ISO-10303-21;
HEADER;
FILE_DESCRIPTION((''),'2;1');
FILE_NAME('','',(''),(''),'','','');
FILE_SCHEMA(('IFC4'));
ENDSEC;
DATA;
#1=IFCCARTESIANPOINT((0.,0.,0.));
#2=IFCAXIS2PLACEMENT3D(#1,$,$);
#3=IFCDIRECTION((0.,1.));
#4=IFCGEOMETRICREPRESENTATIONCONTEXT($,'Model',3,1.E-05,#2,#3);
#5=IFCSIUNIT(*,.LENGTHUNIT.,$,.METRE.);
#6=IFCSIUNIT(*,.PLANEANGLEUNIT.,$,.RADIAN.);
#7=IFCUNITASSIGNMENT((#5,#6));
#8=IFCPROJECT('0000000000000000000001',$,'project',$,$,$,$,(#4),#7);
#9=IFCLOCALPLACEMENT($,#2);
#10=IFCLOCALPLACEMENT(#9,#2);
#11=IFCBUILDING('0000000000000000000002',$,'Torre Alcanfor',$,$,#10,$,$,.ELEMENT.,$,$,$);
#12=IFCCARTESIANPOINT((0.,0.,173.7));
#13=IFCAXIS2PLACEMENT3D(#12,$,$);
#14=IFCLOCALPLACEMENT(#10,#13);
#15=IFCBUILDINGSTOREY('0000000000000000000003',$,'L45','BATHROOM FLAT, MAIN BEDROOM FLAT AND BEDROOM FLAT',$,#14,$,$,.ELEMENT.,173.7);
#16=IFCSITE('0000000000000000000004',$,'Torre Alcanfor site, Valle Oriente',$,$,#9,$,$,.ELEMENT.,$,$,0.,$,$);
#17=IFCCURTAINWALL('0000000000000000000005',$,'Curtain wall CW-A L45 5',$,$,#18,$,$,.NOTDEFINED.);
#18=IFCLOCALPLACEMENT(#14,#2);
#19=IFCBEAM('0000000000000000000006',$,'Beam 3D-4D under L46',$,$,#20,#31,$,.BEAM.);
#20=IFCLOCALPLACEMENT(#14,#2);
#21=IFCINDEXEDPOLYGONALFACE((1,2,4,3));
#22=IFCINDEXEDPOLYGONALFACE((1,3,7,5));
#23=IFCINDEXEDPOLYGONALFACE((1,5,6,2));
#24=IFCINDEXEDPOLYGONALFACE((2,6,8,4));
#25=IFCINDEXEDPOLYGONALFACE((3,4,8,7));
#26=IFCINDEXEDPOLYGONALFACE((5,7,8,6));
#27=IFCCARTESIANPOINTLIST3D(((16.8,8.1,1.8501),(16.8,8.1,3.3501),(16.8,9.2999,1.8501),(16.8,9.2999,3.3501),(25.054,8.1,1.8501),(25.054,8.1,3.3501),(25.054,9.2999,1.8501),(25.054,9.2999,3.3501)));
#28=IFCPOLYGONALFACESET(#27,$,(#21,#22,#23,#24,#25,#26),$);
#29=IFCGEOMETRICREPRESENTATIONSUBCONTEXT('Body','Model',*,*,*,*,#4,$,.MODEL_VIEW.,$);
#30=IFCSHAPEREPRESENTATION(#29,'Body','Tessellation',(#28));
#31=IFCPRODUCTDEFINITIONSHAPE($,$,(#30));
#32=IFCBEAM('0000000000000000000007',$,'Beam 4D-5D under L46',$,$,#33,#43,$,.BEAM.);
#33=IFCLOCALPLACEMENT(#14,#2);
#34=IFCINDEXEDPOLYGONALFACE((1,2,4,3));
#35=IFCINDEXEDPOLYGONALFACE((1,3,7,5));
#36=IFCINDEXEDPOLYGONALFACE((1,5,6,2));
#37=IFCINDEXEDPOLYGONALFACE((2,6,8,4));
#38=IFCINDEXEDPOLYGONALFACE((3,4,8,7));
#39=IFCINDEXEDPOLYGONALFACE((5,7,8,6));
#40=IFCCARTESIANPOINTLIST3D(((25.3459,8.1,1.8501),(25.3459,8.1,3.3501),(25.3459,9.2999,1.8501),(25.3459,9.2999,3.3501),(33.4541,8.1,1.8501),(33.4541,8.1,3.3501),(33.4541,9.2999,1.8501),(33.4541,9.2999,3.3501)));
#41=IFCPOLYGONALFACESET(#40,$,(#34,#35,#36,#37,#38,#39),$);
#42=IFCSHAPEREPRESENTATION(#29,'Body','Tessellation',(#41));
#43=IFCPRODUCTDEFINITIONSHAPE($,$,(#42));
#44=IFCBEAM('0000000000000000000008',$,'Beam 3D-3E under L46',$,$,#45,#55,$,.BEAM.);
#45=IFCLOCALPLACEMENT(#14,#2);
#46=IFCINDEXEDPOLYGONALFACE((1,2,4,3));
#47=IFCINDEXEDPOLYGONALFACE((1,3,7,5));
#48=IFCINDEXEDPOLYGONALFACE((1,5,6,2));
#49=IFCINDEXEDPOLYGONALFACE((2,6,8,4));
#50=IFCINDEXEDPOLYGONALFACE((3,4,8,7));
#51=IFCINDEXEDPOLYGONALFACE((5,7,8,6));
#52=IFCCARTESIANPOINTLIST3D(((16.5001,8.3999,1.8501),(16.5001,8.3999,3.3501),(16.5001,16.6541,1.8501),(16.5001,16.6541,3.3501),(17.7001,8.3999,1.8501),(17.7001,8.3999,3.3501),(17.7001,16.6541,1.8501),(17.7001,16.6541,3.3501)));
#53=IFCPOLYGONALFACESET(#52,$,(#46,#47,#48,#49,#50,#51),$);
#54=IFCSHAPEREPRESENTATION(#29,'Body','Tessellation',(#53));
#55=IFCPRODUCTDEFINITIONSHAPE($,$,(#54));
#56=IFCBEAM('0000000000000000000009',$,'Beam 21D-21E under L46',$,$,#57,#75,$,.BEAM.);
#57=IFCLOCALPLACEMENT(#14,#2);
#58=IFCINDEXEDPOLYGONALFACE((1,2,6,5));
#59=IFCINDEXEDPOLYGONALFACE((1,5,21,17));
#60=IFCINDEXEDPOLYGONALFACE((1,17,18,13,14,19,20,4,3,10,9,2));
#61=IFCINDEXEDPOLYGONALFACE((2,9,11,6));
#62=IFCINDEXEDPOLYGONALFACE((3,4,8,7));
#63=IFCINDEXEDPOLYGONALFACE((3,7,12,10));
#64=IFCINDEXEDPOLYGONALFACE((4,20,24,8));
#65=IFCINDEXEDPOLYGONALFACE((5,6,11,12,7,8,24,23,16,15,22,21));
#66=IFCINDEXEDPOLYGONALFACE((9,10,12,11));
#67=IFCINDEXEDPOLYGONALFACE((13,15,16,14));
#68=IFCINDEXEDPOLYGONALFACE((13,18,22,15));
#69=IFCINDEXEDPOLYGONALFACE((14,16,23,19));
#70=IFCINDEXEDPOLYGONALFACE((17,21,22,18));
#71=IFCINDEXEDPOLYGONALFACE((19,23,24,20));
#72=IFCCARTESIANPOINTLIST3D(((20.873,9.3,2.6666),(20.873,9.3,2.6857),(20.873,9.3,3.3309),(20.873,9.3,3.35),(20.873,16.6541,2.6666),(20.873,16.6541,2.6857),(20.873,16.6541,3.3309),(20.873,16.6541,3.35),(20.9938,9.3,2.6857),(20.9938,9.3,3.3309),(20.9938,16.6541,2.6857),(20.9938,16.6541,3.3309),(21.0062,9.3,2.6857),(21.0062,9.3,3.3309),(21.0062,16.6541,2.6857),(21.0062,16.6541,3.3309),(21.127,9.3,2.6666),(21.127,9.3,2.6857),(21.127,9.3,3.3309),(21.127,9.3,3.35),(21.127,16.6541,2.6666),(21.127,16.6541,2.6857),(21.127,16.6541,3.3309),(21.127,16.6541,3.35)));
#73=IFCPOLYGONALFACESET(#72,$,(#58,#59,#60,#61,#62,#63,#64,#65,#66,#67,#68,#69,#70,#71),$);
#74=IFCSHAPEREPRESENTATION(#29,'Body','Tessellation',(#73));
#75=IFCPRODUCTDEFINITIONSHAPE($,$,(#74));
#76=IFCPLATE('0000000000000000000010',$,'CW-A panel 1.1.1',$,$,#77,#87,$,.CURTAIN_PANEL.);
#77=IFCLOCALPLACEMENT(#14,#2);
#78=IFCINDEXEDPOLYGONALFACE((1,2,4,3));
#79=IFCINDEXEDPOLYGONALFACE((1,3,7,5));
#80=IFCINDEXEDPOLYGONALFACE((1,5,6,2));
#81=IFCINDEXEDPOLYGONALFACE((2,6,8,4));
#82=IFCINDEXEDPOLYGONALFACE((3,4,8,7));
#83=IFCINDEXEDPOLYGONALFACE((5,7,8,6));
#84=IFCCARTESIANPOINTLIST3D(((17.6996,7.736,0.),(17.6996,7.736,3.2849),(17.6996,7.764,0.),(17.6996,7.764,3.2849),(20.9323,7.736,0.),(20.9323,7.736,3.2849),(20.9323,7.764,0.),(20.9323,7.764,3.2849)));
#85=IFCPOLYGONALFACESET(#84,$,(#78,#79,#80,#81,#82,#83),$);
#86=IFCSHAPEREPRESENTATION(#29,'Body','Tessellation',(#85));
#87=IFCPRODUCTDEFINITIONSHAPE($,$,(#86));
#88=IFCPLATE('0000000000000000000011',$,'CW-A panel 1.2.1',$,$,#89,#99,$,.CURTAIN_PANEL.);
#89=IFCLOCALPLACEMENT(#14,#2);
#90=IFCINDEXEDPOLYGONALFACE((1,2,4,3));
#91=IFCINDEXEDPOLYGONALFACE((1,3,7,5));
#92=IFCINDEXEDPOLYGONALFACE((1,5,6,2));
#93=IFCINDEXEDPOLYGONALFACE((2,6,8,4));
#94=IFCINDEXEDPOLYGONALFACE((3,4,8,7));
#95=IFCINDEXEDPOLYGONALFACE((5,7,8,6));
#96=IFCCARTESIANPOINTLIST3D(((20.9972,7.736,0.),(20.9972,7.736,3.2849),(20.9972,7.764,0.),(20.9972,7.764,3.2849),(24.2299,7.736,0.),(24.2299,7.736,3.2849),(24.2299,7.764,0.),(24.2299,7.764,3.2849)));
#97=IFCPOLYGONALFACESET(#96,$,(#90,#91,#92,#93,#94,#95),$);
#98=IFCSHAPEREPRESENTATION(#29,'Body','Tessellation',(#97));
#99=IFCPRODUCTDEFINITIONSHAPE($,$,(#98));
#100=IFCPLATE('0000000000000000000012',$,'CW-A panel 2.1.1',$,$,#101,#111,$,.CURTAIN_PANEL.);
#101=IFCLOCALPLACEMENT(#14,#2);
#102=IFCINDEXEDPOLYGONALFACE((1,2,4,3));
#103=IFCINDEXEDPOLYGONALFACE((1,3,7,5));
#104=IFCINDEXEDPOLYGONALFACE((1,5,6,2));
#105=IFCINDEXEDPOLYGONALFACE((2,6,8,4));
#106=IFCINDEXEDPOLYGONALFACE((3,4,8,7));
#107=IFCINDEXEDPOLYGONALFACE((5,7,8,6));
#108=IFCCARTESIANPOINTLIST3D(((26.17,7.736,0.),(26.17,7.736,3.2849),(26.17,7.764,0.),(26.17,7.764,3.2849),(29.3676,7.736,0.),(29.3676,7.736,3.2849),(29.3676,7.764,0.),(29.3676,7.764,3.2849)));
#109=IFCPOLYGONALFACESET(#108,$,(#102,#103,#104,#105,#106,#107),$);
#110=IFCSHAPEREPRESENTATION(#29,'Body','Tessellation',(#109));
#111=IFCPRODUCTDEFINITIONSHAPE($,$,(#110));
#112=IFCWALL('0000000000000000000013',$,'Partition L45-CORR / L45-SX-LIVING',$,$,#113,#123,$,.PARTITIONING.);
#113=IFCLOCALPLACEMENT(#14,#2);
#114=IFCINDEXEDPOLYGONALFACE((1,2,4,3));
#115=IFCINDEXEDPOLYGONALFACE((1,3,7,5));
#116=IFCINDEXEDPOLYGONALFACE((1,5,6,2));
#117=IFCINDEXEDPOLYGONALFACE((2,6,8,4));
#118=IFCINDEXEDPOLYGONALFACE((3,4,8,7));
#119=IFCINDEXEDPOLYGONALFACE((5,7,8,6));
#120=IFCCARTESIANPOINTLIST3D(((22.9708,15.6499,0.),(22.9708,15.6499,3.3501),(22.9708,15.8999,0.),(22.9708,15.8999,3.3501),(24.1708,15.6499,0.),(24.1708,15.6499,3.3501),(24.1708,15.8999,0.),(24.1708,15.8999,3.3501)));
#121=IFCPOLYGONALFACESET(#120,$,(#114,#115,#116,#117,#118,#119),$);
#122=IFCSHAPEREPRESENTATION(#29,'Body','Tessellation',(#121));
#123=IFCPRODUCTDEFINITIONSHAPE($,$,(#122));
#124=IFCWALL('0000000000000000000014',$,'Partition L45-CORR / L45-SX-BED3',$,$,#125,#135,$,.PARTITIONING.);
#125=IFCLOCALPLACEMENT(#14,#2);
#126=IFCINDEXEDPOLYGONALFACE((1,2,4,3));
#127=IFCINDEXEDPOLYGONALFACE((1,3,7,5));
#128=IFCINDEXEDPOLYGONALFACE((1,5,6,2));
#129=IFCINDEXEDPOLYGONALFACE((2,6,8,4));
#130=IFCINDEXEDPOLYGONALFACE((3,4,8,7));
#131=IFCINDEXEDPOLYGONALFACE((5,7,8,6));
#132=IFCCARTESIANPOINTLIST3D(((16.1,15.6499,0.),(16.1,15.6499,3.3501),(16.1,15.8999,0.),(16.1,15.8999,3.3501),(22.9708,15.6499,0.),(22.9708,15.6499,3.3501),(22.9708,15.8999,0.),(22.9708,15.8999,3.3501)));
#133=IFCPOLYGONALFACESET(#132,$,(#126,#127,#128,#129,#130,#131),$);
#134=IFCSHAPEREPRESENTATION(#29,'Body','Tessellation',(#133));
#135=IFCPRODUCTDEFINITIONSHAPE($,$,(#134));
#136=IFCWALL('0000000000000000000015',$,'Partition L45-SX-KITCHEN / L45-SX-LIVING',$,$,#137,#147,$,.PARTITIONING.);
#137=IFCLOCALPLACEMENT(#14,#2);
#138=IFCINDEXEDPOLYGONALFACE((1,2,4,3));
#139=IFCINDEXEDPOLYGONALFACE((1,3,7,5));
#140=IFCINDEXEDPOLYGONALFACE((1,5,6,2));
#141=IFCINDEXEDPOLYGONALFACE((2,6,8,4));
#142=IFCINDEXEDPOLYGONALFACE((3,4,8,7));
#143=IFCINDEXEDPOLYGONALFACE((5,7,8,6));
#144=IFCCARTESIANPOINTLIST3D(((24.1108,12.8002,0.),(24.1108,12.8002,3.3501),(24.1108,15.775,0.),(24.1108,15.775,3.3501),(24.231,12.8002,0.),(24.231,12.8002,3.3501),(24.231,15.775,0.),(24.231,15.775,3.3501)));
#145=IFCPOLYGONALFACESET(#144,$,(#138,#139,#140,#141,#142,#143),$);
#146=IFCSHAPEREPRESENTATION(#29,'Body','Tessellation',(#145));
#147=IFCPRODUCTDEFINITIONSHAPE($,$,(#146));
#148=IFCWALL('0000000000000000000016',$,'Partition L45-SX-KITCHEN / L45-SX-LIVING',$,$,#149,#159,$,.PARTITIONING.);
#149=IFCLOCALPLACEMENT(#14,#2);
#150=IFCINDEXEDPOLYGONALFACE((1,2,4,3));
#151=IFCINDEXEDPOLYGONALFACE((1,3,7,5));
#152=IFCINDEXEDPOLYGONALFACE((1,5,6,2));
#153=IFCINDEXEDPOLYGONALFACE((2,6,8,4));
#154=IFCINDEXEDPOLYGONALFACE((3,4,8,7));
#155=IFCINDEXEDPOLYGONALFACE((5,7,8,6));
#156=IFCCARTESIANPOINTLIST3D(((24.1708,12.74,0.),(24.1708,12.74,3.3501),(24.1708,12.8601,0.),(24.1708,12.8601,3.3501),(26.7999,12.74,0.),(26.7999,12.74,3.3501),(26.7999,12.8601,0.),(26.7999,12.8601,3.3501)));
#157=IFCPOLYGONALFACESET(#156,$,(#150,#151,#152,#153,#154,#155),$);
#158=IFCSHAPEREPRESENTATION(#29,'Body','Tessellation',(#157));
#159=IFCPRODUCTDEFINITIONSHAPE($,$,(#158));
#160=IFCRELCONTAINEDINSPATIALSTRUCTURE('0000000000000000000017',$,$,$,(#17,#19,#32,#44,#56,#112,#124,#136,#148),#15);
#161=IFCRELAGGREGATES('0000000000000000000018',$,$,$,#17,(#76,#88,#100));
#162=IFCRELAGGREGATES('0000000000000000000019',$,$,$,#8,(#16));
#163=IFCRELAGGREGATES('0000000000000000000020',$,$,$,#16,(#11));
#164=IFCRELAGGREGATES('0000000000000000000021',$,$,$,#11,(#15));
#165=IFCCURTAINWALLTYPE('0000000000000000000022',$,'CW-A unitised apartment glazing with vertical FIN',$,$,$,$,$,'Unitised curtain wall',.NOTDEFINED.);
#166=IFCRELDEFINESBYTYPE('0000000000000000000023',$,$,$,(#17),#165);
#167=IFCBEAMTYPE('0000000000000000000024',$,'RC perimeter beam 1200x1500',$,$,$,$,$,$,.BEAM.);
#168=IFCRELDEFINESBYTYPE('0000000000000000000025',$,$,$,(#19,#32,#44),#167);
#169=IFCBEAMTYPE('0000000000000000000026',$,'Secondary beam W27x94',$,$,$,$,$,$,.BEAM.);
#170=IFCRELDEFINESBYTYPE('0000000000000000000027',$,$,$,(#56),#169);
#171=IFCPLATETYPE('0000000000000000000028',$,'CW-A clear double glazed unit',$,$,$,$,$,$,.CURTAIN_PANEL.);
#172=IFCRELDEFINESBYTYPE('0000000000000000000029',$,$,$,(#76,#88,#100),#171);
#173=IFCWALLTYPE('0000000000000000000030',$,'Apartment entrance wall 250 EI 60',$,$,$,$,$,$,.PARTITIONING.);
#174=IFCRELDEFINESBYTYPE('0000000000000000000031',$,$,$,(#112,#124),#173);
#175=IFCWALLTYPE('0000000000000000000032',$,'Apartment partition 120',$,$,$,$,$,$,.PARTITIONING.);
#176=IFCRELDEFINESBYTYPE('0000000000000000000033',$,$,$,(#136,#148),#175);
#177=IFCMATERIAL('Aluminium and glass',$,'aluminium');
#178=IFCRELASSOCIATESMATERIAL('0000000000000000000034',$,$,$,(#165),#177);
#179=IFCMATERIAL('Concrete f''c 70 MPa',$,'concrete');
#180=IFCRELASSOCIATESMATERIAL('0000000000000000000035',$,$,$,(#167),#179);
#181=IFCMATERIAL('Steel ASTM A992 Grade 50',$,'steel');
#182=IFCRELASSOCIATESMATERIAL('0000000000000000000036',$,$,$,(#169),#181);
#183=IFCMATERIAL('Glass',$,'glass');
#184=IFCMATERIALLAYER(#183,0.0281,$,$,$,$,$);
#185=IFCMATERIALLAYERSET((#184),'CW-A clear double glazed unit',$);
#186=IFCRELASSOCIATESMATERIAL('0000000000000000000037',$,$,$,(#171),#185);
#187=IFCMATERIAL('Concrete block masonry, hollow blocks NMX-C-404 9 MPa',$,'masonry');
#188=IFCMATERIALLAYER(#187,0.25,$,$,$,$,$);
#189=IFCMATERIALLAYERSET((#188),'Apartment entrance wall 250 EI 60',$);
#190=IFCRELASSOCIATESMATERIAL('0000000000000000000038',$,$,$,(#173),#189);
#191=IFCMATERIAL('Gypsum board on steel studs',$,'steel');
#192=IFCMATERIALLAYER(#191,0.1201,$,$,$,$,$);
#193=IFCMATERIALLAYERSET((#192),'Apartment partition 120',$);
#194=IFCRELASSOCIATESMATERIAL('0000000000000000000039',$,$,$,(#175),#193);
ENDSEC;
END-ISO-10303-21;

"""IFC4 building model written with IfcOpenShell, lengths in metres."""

from ifc_helpers import new_model, si_unit, direction, frame, frame_2d, origin, origin_2d, place, context, subcontext, project, spatial, rectangle, i_section, extrude, material, layer, layer_set, material_profile, profile_set, type_object, element, aggregate, save


model = new_model("IFC4")

# Units and contexts
model_context = context("Model", 3, precision=1e-05, world=origin(), true_north=direction((0.0, 1.0)))
body_context = subcontext(model_context, "Body", "Model", "MODEL_VIEW")
ifc_project = project(units=[si_unit("LENGTHUNIT", "METRE"), si_unit("PLANEANGLEUNIT", "RADIAN")], contexts=[model_context])

# Site, building, storey
site_placement = place(None, origin())
site = spatial("IfcSite", under=ifc_project, at=site_placement, Name="Torre Alcanfor site, Valle Oriente", CompositionType="ELEMENT", RefElevation=0.0)
building_placement = place(site_placement, origin())
building = spatial("IfcBuilding", under=site, at=building_placement, Name="Torre Alcanfor", CompositionType="ELEMENT")
storey_placement = place(building_placement, frame((0.0, 0.0, 173.7)))
storey = spatial("IfcBuildingStorey", under=building, at=storey_placement, Name="L45", Description="BATHROOM FLAT, MAIN BEDROOM FLAT AND BEDROOM FLAT", CompositionType="ELEMENT", Elevation=173.7)

# Curtain wall
ifc_material_1 = material(Name="Aluminium and glass", Category="aluminium")
curtain_wall_type = type_object("IfcCurtainWallType", Name="CW-A unitised apartment glazing with vertical FIN", ElementType="Unitised curtain wall", PredefinedType="NOTDEFINED", material=ifc_material_1)
curtain_wall_placement = place(storey_placement, origin())
curtain_wall = element("IfcCurtainWall", 1, at=curtain_wall_placement, inside=storey, type_object=curtain_wall_type, Name="Curtain wall CW-A L45 5", PredefinedType="NOTDEFINED")

# Beams
ifc_material_2 = material(Name="Concrete f'c 70 MPa", Category="concrete")
ifc_material_profile_1 = material_profile(ifc_material_2, rectangle(XDim=1.2, YDim=1.5, at=origin_2d()), Name="1200x1500")
ifc_profile_set_1 = profile_set([ifc_material_profile_1], Name="Concrete f'c 70 MPa")
beam_type_1 = type_object("IfcBeamType", Name="RC perimeter beam 1200x1500", PredefinedType="BEAM", material=ifc_profile_set_1)
beam_1_placement = place(storey_placement, frame((16.8, 8.7, 2.6001), z_axis=(1.0, 0.0, 0.0), x_axis=(0.0, 1.0, 0.0)))
element("IfcBeam", 2, at=beam_1_placement, inside=storey, type_object=beam_type_1, Name="Beam 3D-4D under L46", PredefinedType="BEAM", context=body_context, shape_type="SweptSolid", body=[
    extrude(rectangle(XDim=1.2, YDim=1.5, at=origin_2d()), origin(), (0.0, 0.0, 1.0), 8.2539),
])
beam_2_placement = place(storey_placement, frame((25.3459, 8.7, 2.6001), z_axis=(1.0, 0.0, 0.0), x_axis=(0.0, 1.0, 0.0)))
element("IfcBeam", 3, at=beam_2_placement, inside=storey, type_object=beam_type_1, Name="Beam 4D-5D under L46", PredefinedType="BEAM", context=body_context, shape_type="SweptSolid", body=[
    extrude(rectangle(XDim=1.2, YDim=1.5, at=origin_2d()), origin(), (0.0, 0.0, 1.0), 8.1082),
])
beam_3_placement = place(storey_placement, frame((17.1001, 8.3999, 2.6001), z_axis=(0.0, 1.0, 0.0), x_axis=(-1.0, 0.0, 0.0)))
element("IfcBeam", 4, at=beam_3_placement, inside=storey, type_object=beam_type_1, Name="Beam 3D-3E under L46", PredefinedType="BEAM", context=body_context, shape_type="SweptSolid", body=[
    extrude(rectangle(XDim=1.2, YDim=1.5, at=origin_2d()), origin(), (0.0, 0.0, 1.0), 8.2542),
])
ifc_material_3 = material(Name="Steel ASTM A992 Grade 50", Category="steel")
ifc_material_profile_2 = material_profile(ifc_material_3, i_section(OverallWidth=0.2539, OverallDepth=0.6833, WebThickness=0.0125, FlangeThickness=0.019, at=origin_2d()), Name="W27x94")
ifc_profile_set_2 = profile_set([ifc_material_profile_2], Name="Steel ASTM A992 Grade 50")
beam_type_2 = type_object("IfcBeamType", Name="Secondary beam W27x94", PredefinedType="BEAM", material=ifc_profile_set_2)
beam_4_placement = place(storey_placement, frame((21.0, 9.3, 3.0083), z_axis=(0.0, 1.0, 0.0), x_axis=(-1.0, 0.0, 0.0)))
element("IfcBeam", 5, at=beam_4_placement, inside=storey, type_object=beam_type_2, Name="Beam 21D-21E under L46", PredefinedType="BEAM", context=body_context, shape_type="SweptSolid", body=[
    extrude(i_section(OverallWidth=0.2539, OverallDepth=0.6833, WebThickness=0.0125, FlangeThickness=0.019, at=origin_2d()), origin(), (0.0, 0.0, 1.0), 7.354),
])

# Plates
ifc_material_4 = material(Name="Glass", Category="glass")
ifc_layer_1 = layer(ifc_material_4, 0.0281)
ifc_layer_set_1 = layer_set([ifc_layer_1], Name="CW-A clear double glazed unit")
plate_type = type_object("IfcPlateType", Name="CW-A clear double glazed unit", PredefinedType="CURTAIN_PANEL", material=ifc_layer_set_1)
plate_1_placement = place(storey_placement, frame((19.3159, 7.75, 0.0), z_axis=(0.0, 0.0, 1.0), x_axis=(1.0, 0.0, 0.0)))
plate_1 = element("IfcPlate", 6, at=plate_1_placement, type_object=plate_type, Name="CW-A panel 1.1.1", PredefinedType="CURTAIN_PANEL", context=body_context, shape_type="SweptSolid", body=[
    extrude(rectangle(XDim=3.2327, YDim=0.0281, at=origin_2d()), origin(), (0.0, 0.0, 1.0), 3.2849),
])
plate_2_placement = place(storey_placement, frame((22.6135, 7.75, 0.0), z_axis=(0.0, 0.0, 1.0), x_axis=(1.0, 0.0, 0.0)))
plate_2 = element("IfcPlate", 7, at=plate_2_placement, type_object=plate_type, Name="CW-A panel 1.2.1", PredefinedType="CURTAIN_PANEL", context=body_context, shape_type="SweptSolid", body=[
    extrude(rectangle(XDim=3.2327, YDim=0.0281, at=origin_2d()), origin(), (0.0, 0.0, 1.0), 3.2849),
])
plate_3_placement = place(storey_placement, frame((27.7688, 7.75, 0.0), z_axis=(0.0, 0.0, 1.0), x_axis=(1.0, 0.0, 0.0)))
plate_3 = element("IfcPlate", 8, at=plate_3_placement, type_object=plate_type, Name="CW-A panel 2.1.1", PredefinedType="CURTAIN_PANEL", context=body_context, shape_type="SweptSolid", body=[
    extrude(rectangle(XDim=3.1975, YDim=0.0281, at=origin_2d()), origin(), (0.0, 0.0, 1.0), 3.2849),
])
aggregate(curtain_wall, [plate_1, plate_2, plate_3])

# Walls
ifc_material_5 = material(Name="Concrete block masonry, hollow blocks NMX-C-404 9 MPa", Category="masonry")
ifc_layer_2 = layer(ifc_material_5, 0.25)
ifc_layer_set_2 = layer_set([ifc_layer_2], Name="Apartment entrance wall 250 EI 60")
wall_type_1 = type_object("IfcWallType", Name="Apartment entrance wall 250 EI 60", PredefinedType="PARTITIONING", material=ifc_layer_set_2)
wall_1_placement = place(storey_placement, frame((24.1709, 15.7749, 0.0), z_axis=(0.0, 0.0, 1.0), x_axis=(-1.0, 0.0, 0.0)))
element("IfcWall", 9, at=wall_1_placement, inside=storey, type_object=wall_type_1, Name="Partition L45-CORR / L45-SX-LIVING", PredefinedType="PARTITIONING", context=body_context, shape_type="SweptSolid", body=[
    extrude(rectangle(XDim=1.2, YDim=0.25, at=frame_2d((0.6001, 0.0))), origin(), (0.0, 0.0, 1.0), 3.3501),
])
wall_2_placement = place(storey_placement, frame((22.9709, 15.7749, 0.0), z_axis=(0.0, 0.0, 1.0), x_axis=(-1.0, 0.0, 0.0)))
element("IfcWall", 10, at=wall_2_placement, inside=storey, type_object=wall_type_1, Name="Partition L45-CORR / L45-SX-BED3", PredefinedType="PARTITIONING", context=body_context, shape_type="SweptSolid", body=[
    extrude(rectangle(XDim=6.8708, YDim=0.25, at=frame_2d((3.4355, 0.0))), origin(), (0.0, 0.0, 1.0), 3.3501),
])
ifc_material_6 = material(Name="Gypsum board on steel studs", Category="steel")
ifc_layer_3 = layer(ifc_material_6, 0.1201)
ifc_layer_set_3 = layer_set([ifc_layer_3], Name="Apartment partition 120")
wall_type_2 = type_object("IfcWallType", Name="Apartment partition 120", PredefinedType="PARTITIONING", material=ifc_layer_set_3)
wall_3_placement = place(storey_placement, frame((24.1709, 15.7749, 0.0), z_axis=(0.0, 0.0, 1.0), x_axis=(0.0, -1.0, 0.0)))
element("IfcWall", 11, at=wall_3_placement, inside=storey, type_object=wall_type_2, Name="Partition L45-SX-KITCHEN / L45-SX-LIVING", PredefinedType="PARTITIONING", context=body_context, shape_type="SweptSolid", body=[
    extrude(rectangle(XDim=2.9749, YDim=0.1201, at=frame_2d((1.4873, 0.0))), origin(), (0.0, 0.0, 1.0), 3.3501),
])
wall_4_placement = place(storey_placement, frame((24.1709, 12.8, 0.0), z_axis=(0.0, 0.0, 1.0), x_axis=(1.0, 0.0, 0.0)))
element("IfcWall", 12, at=wall_4_placement, inside=storey, type_object=wall_type_2, Name="Partition L45-SX-KITCHEN / L45-SX-LIVING", PredefinedType="PARTITIONING", context=body_context, shape_type="SweptSolid", body=[
    extrude(rectangle(XDim=2.6292, YDim=0.1201, at=frame_2d((1.3145, 0.0))), origin(), (0.0, 0.0, 1.0), 3.3501),
])

save(model, "model.ifc")
